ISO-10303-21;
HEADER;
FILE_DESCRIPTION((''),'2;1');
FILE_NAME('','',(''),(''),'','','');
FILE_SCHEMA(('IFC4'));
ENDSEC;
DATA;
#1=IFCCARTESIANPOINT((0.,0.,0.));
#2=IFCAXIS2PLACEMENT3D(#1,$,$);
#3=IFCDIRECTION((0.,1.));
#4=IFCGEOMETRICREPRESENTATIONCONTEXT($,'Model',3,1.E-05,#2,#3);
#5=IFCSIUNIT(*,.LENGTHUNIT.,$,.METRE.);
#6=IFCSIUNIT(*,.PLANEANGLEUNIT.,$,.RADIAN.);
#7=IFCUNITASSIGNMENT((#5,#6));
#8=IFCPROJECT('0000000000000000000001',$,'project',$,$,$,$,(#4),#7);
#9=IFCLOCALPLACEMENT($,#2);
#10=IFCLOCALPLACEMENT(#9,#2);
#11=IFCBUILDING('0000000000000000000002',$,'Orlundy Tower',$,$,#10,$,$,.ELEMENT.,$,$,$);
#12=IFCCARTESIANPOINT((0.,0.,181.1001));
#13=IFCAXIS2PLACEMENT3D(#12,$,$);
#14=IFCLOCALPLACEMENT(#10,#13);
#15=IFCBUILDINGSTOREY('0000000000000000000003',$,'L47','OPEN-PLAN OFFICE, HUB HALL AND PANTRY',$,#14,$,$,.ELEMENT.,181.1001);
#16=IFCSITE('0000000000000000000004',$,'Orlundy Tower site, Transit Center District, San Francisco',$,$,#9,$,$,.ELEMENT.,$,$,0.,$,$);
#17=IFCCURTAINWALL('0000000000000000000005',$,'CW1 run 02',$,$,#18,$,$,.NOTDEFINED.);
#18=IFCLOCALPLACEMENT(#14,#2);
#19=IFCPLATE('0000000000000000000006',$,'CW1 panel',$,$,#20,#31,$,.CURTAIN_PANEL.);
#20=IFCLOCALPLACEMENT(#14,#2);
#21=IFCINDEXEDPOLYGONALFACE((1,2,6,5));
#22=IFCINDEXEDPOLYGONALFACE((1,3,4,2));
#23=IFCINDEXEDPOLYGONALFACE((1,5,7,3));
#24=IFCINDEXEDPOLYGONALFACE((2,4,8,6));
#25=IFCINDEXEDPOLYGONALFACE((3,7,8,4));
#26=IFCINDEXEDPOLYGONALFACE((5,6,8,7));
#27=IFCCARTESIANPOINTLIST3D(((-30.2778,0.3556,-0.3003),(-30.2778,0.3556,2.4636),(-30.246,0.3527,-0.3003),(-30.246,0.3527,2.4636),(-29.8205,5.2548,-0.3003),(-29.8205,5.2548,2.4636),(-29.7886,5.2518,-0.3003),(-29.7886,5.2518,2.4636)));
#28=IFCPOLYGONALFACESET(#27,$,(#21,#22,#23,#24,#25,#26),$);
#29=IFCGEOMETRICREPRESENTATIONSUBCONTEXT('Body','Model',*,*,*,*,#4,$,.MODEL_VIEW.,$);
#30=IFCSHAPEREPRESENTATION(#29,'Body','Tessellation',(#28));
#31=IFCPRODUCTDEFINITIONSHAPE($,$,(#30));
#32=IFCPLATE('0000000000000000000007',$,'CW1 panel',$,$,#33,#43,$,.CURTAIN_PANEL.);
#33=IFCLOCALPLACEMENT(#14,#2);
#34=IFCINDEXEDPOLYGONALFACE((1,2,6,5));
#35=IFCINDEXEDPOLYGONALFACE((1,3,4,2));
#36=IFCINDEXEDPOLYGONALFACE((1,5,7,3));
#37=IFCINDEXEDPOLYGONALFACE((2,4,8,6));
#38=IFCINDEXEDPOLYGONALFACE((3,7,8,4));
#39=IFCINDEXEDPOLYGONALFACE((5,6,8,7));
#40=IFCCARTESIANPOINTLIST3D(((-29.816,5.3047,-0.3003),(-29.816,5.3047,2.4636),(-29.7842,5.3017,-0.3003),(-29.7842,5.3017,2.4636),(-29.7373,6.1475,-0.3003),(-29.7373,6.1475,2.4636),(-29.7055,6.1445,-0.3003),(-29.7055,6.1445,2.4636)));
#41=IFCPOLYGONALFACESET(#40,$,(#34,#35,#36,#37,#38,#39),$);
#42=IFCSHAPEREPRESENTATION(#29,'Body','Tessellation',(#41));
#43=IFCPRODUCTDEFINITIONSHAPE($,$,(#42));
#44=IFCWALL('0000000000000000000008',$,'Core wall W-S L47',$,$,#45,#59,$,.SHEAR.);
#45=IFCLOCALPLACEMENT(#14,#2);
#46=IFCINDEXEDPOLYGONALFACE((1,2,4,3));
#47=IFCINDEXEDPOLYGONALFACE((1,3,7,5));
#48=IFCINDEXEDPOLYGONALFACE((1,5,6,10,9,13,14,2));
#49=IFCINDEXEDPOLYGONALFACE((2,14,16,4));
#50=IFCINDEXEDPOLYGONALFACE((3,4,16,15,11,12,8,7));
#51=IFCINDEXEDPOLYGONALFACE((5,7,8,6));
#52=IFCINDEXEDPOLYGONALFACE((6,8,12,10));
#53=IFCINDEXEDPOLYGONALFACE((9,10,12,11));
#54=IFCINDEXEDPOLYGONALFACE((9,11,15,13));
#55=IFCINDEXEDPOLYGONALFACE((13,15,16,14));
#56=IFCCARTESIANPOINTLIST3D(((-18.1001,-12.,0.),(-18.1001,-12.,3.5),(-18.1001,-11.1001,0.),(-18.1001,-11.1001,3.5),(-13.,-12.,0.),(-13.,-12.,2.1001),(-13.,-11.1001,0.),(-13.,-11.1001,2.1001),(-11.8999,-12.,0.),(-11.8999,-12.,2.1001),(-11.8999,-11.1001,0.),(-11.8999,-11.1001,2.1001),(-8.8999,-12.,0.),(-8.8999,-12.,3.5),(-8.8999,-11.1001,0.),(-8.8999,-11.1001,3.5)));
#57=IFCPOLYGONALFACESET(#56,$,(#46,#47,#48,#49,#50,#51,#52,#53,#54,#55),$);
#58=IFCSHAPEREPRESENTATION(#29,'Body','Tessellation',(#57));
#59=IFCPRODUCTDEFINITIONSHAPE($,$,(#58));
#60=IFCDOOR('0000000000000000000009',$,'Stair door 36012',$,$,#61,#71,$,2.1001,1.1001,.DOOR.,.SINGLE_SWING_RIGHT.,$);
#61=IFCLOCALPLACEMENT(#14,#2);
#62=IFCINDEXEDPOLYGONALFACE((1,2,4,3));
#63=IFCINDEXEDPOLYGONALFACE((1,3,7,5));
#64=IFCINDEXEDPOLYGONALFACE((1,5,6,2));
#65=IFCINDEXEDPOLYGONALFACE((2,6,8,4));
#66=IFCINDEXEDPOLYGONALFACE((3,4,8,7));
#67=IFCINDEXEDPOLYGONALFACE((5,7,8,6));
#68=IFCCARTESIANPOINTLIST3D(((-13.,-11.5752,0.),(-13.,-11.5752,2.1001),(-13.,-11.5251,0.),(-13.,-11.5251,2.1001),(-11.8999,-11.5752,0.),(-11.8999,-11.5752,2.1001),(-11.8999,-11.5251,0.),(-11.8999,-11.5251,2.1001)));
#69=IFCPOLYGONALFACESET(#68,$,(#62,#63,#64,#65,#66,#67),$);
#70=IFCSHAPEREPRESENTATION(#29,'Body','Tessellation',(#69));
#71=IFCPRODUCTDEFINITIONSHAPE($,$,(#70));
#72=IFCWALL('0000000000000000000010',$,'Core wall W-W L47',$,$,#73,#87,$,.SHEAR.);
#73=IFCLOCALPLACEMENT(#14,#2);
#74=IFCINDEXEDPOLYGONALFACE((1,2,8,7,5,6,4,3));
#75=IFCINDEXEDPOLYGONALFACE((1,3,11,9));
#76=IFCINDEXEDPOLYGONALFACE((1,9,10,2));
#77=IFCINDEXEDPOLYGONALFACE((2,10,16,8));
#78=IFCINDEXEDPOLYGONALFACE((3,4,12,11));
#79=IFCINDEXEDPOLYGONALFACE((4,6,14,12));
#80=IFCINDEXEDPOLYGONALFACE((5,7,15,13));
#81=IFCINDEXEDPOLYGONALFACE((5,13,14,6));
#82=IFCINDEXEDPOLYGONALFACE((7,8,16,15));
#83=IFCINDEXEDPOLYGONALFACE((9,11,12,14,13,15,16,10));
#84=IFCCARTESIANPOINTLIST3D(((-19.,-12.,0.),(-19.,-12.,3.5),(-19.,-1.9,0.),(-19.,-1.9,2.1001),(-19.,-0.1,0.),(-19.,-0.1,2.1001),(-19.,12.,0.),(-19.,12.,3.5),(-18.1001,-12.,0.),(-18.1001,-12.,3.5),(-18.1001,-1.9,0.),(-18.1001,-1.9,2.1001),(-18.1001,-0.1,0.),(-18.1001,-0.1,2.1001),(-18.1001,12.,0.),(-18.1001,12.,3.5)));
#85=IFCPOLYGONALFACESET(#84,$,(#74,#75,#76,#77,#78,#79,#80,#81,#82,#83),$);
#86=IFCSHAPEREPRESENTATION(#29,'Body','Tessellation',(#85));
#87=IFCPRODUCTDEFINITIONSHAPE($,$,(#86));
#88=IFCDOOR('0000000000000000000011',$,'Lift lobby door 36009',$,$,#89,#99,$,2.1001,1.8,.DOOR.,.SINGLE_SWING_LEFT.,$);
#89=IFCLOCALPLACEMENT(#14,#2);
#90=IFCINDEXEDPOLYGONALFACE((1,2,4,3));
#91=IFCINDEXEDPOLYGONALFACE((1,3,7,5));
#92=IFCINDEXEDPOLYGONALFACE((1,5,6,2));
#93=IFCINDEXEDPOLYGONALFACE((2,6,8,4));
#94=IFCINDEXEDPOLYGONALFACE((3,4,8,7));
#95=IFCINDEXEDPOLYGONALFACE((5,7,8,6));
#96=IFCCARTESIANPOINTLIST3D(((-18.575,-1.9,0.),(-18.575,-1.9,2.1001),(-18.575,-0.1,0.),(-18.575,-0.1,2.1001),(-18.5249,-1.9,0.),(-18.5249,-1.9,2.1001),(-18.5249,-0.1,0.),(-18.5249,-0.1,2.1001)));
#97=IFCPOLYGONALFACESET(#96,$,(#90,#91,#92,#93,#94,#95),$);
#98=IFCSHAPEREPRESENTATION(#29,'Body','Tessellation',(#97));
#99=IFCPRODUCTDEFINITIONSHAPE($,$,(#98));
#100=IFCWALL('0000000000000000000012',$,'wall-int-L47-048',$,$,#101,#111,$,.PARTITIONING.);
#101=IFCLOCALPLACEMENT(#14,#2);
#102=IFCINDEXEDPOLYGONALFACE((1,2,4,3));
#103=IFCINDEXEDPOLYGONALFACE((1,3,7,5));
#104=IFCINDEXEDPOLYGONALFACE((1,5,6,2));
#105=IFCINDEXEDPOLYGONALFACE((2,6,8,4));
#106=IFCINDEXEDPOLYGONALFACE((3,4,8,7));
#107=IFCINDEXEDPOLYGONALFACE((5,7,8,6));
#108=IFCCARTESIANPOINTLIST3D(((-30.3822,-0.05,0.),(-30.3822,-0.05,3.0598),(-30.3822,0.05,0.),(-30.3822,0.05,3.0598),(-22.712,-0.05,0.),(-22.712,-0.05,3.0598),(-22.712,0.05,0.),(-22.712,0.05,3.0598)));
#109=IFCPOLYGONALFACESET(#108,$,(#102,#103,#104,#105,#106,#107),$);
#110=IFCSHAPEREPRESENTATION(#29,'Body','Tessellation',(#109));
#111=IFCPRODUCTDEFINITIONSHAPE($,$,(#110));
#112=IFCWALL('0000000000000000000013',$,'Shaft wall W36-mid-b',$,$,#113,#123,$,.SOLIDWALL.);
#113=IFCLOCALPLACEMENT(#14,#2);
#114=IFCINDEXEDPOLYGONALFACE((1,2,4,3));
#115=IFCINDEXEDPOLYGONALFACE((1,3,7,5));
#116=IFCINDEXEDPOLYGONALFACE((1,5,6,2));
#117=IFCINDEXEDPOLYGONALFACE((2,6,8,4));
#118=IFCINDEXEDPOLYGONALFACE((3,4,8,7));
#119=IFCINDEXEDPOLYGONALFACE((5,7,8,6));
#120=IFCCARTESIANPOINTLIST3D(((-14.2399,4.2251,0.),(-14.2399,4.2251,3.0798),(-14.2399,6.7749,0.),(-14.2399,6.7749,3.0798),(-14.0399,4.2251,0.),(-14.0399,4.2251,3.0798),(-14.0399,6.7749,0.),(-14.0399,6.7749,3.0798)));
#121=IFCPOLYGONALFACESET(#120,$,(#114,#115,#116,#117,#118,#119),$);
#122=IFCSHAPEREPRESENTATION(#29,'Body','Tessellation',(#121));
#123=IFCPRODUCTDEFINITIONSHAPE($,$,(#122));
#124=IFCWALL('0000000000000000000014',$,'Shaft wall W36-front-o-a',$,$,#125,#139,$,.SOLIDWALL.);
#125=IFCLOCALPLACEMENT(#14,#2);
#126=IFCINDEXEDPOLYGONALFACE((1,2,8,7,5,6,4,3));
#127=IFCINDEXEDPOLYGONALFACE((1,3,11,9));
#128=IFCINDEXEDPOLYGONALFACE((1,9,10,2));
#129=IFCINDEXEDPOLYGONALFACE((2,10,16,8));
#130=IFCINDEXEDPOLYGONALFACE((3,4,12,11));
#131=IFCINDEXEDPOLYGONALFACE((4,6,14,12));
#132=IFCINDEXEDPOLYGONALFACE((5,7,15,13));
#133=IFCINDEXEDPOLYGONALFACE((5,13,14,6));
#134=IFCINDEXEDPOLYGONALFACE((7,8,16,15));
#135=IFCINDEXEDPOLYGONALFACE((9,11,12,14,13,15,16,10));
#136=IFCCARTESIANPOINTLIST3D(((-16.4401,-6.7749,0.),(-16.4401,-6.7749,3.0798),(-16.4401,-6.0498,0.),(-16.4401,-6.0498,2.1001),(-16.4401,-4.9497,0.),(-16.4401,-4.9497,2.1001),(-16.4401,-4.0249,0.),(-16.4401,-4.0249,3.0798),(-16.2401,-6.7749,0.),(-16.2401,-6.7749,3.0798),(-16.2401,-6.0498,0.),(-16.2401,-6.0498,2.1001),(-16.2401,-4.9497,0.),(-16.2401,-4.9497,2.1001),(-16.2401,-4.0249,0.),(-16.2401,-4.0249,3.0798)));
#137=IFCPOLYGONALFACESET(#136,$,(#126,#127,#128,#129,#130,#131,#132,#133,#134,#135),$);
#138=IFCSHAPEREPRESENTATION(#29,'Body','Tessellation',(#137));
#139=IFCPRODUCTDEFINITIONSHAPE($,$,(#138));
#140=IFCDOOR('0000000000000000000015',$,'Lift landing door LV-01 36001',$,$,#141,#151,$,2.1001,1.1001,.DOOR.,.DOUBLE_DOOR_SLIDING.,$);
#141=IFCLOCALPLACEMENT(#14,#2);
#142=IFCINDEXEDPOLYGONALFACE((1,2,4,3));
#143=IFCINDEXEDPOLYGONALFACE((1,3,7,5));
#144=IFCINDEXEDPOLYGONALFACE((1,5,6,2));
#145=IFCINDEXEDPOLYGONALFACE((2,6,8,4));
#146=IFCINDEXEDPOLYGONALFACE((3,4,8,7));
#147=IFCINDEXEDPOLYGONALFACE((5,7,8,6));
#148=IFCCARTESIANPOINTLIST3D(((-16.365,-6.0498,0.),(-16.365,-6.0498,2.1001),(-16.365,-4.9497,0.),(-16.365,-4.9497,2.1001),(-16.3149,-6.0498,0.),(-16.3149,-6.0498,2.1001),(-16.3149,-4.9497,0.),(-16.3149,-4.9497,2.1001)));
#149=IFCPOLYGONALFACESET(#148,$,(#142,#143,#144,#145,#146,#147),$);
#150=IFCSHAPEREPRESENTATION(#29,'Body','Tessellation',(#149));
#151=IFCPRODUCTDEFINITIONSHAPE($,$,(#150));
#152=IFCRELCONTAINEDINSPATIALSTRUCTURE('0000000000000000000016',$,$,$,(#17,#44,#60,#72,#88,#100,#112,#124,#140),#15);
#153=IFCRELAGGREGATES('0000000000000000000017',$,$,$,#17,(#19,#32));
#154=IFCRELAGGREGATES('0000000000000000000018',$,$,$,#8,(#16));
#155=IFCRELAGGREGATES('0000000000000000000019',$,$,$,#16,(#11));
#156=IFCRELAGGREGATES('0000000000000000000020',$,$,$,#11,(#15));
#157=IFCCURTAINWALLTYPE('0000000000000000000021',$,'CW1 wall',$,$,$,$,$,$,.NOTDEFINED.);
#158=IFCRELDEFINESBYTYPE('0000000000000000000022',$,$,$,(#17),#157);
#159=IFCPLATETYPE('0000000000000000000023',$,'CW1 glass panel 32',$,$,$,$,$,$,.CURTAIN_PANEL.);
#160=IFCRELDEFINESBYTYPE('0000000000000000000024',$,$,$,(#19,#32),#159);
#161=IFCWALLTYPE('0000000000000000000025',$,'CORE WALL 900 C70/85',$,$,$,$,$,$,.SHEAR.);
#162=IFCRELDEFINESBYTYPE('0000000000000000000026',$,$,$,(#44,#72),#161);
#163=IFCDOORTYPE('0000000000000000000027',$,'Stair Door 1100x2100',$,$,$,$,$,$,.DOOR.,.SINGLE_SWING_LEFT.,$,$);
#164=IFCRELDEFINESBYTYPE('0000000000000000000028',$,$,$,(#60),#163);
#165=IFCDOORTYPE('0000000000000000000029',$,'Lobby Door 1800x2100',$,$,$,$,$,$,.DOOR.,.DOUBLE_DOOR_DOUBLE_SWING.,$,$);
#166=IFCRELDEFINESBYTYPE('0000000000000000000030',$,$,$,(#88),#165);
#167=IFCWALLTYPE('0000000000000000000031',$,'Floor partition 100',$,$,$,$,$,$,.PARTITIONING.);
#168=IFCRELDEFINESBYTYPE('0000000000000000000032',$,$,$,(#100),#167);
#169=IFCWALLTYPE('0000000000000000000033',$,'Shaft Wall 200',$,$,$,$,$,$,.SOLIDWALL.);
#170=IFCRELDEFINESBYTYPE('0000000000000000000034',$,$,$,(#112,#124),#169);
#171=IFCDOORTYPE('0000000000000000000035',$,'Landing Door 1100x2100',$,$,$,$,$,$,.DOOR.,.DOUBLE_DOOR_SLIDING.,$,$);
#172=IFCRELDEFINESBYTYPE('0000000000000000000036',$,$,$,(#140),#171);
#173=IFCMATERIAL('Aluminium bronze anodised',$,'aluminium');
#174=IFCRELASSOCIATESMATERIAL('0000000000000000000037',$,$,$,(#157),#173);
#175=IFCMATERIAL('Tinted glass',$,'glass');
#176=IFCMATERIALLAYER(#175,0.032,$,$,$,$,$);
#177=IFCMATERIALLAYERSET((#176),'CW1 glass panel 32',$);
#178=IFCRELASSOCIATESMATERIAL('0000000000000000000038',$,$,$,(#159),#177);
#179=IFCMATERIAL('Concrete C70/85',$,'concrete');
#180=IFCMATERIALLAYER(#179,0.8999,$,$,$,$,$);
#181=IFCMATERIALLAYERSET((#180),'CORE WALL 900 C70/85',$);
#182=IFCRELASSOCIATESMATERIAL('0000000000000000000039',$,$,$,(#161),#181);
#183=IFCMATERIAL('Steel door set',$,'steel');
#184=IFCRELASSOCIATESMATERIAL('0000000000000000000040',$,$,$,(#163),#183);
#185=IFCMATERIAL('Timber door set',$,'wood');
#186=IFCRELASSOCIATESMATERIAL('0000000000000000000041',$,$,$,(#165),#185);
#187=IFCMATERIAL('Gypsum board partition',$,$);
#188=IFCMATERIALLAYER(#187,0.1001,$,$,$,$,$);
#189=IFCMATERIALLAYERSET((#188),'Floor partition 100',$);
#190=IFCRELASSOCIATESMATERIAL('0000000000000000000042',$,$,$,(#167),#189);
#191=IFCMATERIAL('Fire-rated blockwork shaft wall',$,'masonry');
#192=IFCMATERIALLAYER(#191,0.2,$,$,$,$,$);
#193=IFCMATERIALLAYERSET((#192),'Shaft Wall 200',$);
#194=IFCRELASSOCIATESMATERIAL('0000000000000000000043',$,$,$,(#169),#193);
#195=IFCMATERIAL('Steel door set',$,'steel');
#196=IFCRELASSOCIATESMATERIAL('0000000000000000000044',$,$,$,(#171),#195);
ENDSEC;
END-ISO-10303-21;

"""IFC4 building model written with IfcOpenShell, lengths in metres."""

from ifc_helpers import new_model, si_unit, direction, frame, frame_2d, origin, origin_2d, place, context, subcontext, project, spatial, rectangle, extrude, material, layer, layer_set, type_object, element, fill, aggregate, save


model = new_model("IFC4")

# Units and contexts
model_context = context("Model", 3, precision=1e-05, world=origin(), true_north=direction((0.0, 1.0)))
body_context = subcontext(model_context, "Body", "Model", "MODEL_VIEW")
ifc_project = project(units=[si_unit("LENGTHUNIT", "METRE"), si_unit("PLANEANGLEUNIT", "RADIAN")], contexts=[model_context])

# Site, building, storey
site_placement = place(None, origin())
site = spatial("IfcSite", under=ifc_project, at=site_placement, Name="Orlundy Tower site, Transit Center District, San Francisco", CompositionType="ELEMENT", RefElevation=0.0)
building_placement = place(site_placement, origin())
building = spatial("IfcBuilding", under=site, at=building_placement, Name="Orlundy Tower", CompositionType="ELEMENT")
storey_placement = place(building_placement, frame((0.0, 0.0, 181.1001)))
storey = spatial("IfcBuildingStorey", under=building, at=storey_placement, Name="L47", Description="OPEN-PLAN OFFICE, HUB HALL AND PANTRY", CompositionType="ELEMENT", Elevation=181.1001)

# Curtain wall
ifc_material_1 = material(Name="Aluminium bronze anodised", Category="aluminium")
curtain_wall_type = type_object("IfcCurtainWallType", Name="CW1 wall", PredefinedType="NOTDEFINED", material=ifc_material_1)
curtain_wall_1_placement = place(storey_placement, origin())
curtain_wall_1 = element("IfcCurtainWall", 1, at=curtain_wall_1_placement, inside=storey, type_object=curtain_wall_type, Name="CW1 run 02", PredefinedType="NOTDEFINED")

# Plates
ifc_material_2 = material(Name="Tinted glass", Category="glass")
ifc_layer_1 = layer(ifc_material_2, 0.032)
ifc_layer_set_1 = layer_set([ifc_layer_1], Name="CW1 glass panel 32")
plate_type = type_object("IfcPlateType", Name="CW1 glass panel 32", PredefinedType="CURTAIN_PANEL", material=ifc_layer_set_1)
plate_1_placement = place(storey_placement, frame((-30.0332, 2.8037, -0.3003), z_axis=(0.0, 0.0, 1.0), x_axis=(0.092948, 0.995671, 0.0)))
plate_1 = element("IfcPlate", 2, at=plate_1_placement, type_object=plate_type, Name="CW1 panel", PredefinedType="CURTAIN_PANEL", context=body_context, shape_type="SweptSolid", body=[
    extrude(rectangle(XDim=4.9204, YDim=0.032, at=origin_2d()), origin(), (0.0, 0.0, 1.0), 2.7639),
])
plate_2_placement = place(storey_placement, frame((-29.7607, 5.7246, -0.3003), z_axis=(0.0, 0.0, 1.0), x_axis=(0.092948, 0.995671, 0.0)))
plate_2 = element("IfcPlate", 3, at=plate_2_placement, type_object=plate_type, Name="CW1 panel", PredefinedType="CURTAIN_PANEL", context=body_context, shape_type="SweptSolid", body=[
    extrude(rectangle(XDim=0.8464, YDim=0.032, at=origin_2d()), origin(), (0.0, 0.0, 1.0), 2.7639),
])
aggregate(curtain_wall_1, [plate_1, plate_2])

# Walls, openings, doors
ifc_material_3 = material(Name="Concrete C70/85", Category="concrete")
ifc_layer_2 = layer(ifc_material_3, 0.8999)
ifc_layer_set_2 = layer_set([ifc_layer_2], Name="CORE WALL 900 C70/85")
wall_type_1 = type_object("IfcWallType", Name="CORE WALL 900 C70/85", PredefinedType="SHEAR", material=ifc_layer_set_2)
wall_1_placement = place(storey_placement, frame((-18.1001, -11.55, 0.0), z_axis=(0.0, 0.0, 1.0), x_axis=(1.0, 0.0, 0.0)))
wall_1 = element("IfcWall", 4, at=wall_1_placement, inside=storey, type_object=wall_type_1, Name="Core wall W-S L47", PredefinedType="SHEAR", context=body_context, shape_type="SweptSolid", body=[
    extrude(rectangle(XDim=9.2002, YDim=0.8999, at=frame_2d((4.6001, 0.0))), origin(), (0.0, 0.0, 1.0), 3.5),
])
opening_1_placement = place(wall_1_placement, frame((5.1001, 0.0, 0.0)))
opening_1 = element("IfcOpeningElement", 5, at=opening_1_placement, cuts=wall_1, PredefinedType="OPENING", context=body_context, shape_type="SweptSolid", body=[
    extrude(rectangle(XDim=1.1001, YDim=2.1001, at=frame_2d((0.55, 1.05))), frame((0.0, 0.46, 0.0), z_axis=(0.0, -1.0, 0.0), x_axis=(1.0, 0.0, 0.0)), (0.0, 0.0, 1.0), 0.9199),
])
ifc_material_4 = material(Name="Steel door set", Category="steel")
door_type_1 = type_object("IfcDoorType", Name="Stair Door 1100x2100", OperationType="SINGLE_SWING_LEFT", PredefinedType="DOOR", material=ifc_material_4)
door_1_placement = place(opening_1_placement, origin())
door_1 = element("IfcDoor", 6, at=door_1_placement, inside=storey, type_object=door_type_1, Name="Stair door 36012", OperationType="SINGLE_SWING_RIGHT", OverallHeight=2.1001, OverallWidth=1.1001, PredefinedType="DOOR", context=body_context, shape_type="SweptSolid", body=[
    extrude(rectangle(XDim=1.1001, YDim=2.1001, at=frame_2d((0.55, 1.05))), frame((0.0, 0.0249, 0.0), z_axis=(0.0, -1.0, 0.0), x_axis=(1.0, 0.0, 0.0)), (0.0, 0.0, 1.0), 0.05),
])
fill(opening_1, door_1)
wall_2_placement = place(storey_placement, frame((-18.55, -12.0, 0.0), z_axis=(0.0, 0.0, 1.0), x_axis=(0.0, 1.0, 0.0)))
wall_2 = element("IfcWall", 7, at=wall_2_placement, inside=storey, type_object=wall_type_1, Name="Core wall W-W L47", PredefinedType="SHEAR", context=body_context, shape_type="SweptSolid", body=[
    extrude(rectangle(XDim=24.0, YDim=0.8999, at=frame_2d((12.0, 0.0))), origin(), (0.0, 0.0, 1.0), 3.5),
])
opening_2_placement = place(wall_2_placement, frame((10.1001, 0.0, 0.0)))
opening_2 = element("IfcOpeningElement", 8, at=opening_2_placement, cuts=wall_2, PredefinedType="OPENING", context=body_context, shape_type="SweptSolid", body=[
    extrude(rectangle(XDim=1.8, YDim=2.1001, at=frame_2d((0.8999, 1.05))), frame((0.0, 0.46, 0.0), z_axis=(0.0, -1.0, 0.0), x_axis=(1.0, 0.0, 0.0)), (0.0, 0.0, 1.0), 0.9199),
])
ifc_material_5 = material(Name="Timber door set", Category="wood")
door_type_2 = type_object("IfcDoorType", Name="Lobby Door 1800x2100", OperationType="DOUBLE_DOOR_DOUBLE_SWING", PredefinedType="DOOR", material=ifc_material_5)
door_2_placement = place(opening_2_placement, origin())
door_2 = element("IfcDoor", 9, at=door_2_placement, inside=storey, type_object=door_type_2, Name="Lift lobby door 36009", OperationType="SINGLE_SWING_LEFT", OverallHeight=2.1001, OverallWidth=1.8, PredefinedType="DOOR", context=body_context, shape_type="SweptSolid", body=[
    extrude(rectangle(XDim=1.8, YDim=2.1001, at=frame_2d((0.8999, 1.05))), frame((0.0, 0.0249, 0.0), z_axis=(0.0, -1.0, 0.0), x_axis=(1.0, 0.0, 0.0)), (0.0, 0.0, 1.0), 0.05),
])
fill(opening_2, door_2)

# Walls
ifc_material_6 = material(Name="Gypsum board partition")
ifc_layer_3 = layer(ifc_material_6, 0.1001)
ifc_layer_set_3 = layer_set([ifc_layer_3], Name="Floor partition 100")
wall_type_2 = type_object("IfcWallType", Name="Floor partition 100", PredefinedType="PARTITIONING", material=ifc_layer_set_3)
wall_3_placement = place(storey_placement, frame((-30.3821, 0.0, 0.0), z_axis=(0.0, 0.0, 1.0), x_axis=(1.0, 0.0, 0.0)))
element("IfcWall", 10, at=wall_3_placement, inside=storey, type_object=wall_type_2, Name="wall-int-L47-048", PredefinedType="PARTITIONING", context=body_context, shape_type="SweptSolid", body=[
    extrude(rectangle(XDim=7.6702, YDim=0.1001, at=frame_2d((3.835, 0.0))), origin(), (0.0, 0.0, 1.0), 3.0598),
])
ifc_material_7 = material(Name="Fire-rated blockwork shaft wall", Category="masonry")
ifc_layer_4 = layer(ifc_material_7, 0.2)
ifc_layer_set_4 = layer_set([ifc_layer_4], Name="Shaft Wall 200")
wall_type_3 = type_object("IfcWallType", Name="Shaft Wall 200", PredefinedType="SOLIDWALL", material=ifc_layer_set_4)
wall_4_placement = place(storey_placement, frame((-14.1399, 4.2251, 0.0), z_axis=(0.0, 0.0, 1.0), x_axis=(0.0, 1.0, 0.0)))
element("IfcWall", 11, at=wall_4_placement, inside=storey, type_object=wall_type_3, Name="Shaft wall W36-mid-b", PredefinedType="SOLIDWALL", context=body_context, shape_type="SweptSolid", body=[
    extrude(rectangle(XDim=2.5498, YDim=0.2, at=frame_2d((1.2749, 0.0))), origin(), (0.0, 0.0, 1.0), 3.0798),
])

# Wall, opening, door
wall_5_placement = place(storey_placement, frame((-16.3401, -6.7749, 0.0), z_axis=(0.0, 0.0, 1.0), x_axis=(0.0, 1.0, 0.0)))
wall_5 = element("IfcWall", 12, at=wall_5_placement, inside=storey, type_object=wall_type_3, Name="Shaft wall W36-front-o-a", PredefinedType="SOLIDWALL", context=body_context, shape_type="SweptSolid", body=[
    extrude(rectangle(XDim=2.75, YDim=0.2, at=frame_2d((1.375, 0.0))), origin(), (0.0, 0.0, 1.0), 3.0798),
])
opening_3_placement = place(wall_5_placement, frame((0.7251, 0.0, 0.0)))
opening_3 = element("IfcOpeningElement", 13, at=opening_3_placement, cuts=wall_5, PredefinedType="OPENING", context=body_context, shape_type="SweptSolid", body=[
    extrude(rectangle(XDim=1.1001, YDim=2.1001, at=frame_2d((0.55, 1.05))), frame((0.0, 0.1101, 0.0), z_axis=(0.0, -1.0, 0.0), x_axis=(1.0, 0.0, 0.0)), (0.0, 0.0, 1.0), 0.2202),
])
ifc_material_8 = material(Name="Steel door set", Category="steel")
door_type_3 = type_object("IfcDoorType", Name="Landing Door 1100x2100", OperationType="DOUBLE_DOOR_SLIDING", PredefinedType="DOOR", material=ifc_material_8)
door_3_placement = place(opening_3_placement, origin())
door_3 = element("IfcDoor", 14, at=door_3_placement, inside=storey, type_object=door_type_3, Name="Lift landing door LV-01 36001", OperationType="DOUBLE_DOOR_SLIDING", OverallHeight=2.1001, OverallWidth=1.1001, PredefinedType="DOOR", context=body_context, shape_type="SweptSolid", body=[
    extrude(rectangle(XDim=1.1001, YDim=2.1001, at=frame_2d((0.55, 1.05))), frame((0.0, 0.0249, 0.0), z_axis=(0.0, -1.0, 0.0), x_axis=(1.0, 0.0, 0.0)), (0.0, 0.0, 1.0), 0.05),
])
fill(opening_3, door_3)

save(model, "model.ifc")
